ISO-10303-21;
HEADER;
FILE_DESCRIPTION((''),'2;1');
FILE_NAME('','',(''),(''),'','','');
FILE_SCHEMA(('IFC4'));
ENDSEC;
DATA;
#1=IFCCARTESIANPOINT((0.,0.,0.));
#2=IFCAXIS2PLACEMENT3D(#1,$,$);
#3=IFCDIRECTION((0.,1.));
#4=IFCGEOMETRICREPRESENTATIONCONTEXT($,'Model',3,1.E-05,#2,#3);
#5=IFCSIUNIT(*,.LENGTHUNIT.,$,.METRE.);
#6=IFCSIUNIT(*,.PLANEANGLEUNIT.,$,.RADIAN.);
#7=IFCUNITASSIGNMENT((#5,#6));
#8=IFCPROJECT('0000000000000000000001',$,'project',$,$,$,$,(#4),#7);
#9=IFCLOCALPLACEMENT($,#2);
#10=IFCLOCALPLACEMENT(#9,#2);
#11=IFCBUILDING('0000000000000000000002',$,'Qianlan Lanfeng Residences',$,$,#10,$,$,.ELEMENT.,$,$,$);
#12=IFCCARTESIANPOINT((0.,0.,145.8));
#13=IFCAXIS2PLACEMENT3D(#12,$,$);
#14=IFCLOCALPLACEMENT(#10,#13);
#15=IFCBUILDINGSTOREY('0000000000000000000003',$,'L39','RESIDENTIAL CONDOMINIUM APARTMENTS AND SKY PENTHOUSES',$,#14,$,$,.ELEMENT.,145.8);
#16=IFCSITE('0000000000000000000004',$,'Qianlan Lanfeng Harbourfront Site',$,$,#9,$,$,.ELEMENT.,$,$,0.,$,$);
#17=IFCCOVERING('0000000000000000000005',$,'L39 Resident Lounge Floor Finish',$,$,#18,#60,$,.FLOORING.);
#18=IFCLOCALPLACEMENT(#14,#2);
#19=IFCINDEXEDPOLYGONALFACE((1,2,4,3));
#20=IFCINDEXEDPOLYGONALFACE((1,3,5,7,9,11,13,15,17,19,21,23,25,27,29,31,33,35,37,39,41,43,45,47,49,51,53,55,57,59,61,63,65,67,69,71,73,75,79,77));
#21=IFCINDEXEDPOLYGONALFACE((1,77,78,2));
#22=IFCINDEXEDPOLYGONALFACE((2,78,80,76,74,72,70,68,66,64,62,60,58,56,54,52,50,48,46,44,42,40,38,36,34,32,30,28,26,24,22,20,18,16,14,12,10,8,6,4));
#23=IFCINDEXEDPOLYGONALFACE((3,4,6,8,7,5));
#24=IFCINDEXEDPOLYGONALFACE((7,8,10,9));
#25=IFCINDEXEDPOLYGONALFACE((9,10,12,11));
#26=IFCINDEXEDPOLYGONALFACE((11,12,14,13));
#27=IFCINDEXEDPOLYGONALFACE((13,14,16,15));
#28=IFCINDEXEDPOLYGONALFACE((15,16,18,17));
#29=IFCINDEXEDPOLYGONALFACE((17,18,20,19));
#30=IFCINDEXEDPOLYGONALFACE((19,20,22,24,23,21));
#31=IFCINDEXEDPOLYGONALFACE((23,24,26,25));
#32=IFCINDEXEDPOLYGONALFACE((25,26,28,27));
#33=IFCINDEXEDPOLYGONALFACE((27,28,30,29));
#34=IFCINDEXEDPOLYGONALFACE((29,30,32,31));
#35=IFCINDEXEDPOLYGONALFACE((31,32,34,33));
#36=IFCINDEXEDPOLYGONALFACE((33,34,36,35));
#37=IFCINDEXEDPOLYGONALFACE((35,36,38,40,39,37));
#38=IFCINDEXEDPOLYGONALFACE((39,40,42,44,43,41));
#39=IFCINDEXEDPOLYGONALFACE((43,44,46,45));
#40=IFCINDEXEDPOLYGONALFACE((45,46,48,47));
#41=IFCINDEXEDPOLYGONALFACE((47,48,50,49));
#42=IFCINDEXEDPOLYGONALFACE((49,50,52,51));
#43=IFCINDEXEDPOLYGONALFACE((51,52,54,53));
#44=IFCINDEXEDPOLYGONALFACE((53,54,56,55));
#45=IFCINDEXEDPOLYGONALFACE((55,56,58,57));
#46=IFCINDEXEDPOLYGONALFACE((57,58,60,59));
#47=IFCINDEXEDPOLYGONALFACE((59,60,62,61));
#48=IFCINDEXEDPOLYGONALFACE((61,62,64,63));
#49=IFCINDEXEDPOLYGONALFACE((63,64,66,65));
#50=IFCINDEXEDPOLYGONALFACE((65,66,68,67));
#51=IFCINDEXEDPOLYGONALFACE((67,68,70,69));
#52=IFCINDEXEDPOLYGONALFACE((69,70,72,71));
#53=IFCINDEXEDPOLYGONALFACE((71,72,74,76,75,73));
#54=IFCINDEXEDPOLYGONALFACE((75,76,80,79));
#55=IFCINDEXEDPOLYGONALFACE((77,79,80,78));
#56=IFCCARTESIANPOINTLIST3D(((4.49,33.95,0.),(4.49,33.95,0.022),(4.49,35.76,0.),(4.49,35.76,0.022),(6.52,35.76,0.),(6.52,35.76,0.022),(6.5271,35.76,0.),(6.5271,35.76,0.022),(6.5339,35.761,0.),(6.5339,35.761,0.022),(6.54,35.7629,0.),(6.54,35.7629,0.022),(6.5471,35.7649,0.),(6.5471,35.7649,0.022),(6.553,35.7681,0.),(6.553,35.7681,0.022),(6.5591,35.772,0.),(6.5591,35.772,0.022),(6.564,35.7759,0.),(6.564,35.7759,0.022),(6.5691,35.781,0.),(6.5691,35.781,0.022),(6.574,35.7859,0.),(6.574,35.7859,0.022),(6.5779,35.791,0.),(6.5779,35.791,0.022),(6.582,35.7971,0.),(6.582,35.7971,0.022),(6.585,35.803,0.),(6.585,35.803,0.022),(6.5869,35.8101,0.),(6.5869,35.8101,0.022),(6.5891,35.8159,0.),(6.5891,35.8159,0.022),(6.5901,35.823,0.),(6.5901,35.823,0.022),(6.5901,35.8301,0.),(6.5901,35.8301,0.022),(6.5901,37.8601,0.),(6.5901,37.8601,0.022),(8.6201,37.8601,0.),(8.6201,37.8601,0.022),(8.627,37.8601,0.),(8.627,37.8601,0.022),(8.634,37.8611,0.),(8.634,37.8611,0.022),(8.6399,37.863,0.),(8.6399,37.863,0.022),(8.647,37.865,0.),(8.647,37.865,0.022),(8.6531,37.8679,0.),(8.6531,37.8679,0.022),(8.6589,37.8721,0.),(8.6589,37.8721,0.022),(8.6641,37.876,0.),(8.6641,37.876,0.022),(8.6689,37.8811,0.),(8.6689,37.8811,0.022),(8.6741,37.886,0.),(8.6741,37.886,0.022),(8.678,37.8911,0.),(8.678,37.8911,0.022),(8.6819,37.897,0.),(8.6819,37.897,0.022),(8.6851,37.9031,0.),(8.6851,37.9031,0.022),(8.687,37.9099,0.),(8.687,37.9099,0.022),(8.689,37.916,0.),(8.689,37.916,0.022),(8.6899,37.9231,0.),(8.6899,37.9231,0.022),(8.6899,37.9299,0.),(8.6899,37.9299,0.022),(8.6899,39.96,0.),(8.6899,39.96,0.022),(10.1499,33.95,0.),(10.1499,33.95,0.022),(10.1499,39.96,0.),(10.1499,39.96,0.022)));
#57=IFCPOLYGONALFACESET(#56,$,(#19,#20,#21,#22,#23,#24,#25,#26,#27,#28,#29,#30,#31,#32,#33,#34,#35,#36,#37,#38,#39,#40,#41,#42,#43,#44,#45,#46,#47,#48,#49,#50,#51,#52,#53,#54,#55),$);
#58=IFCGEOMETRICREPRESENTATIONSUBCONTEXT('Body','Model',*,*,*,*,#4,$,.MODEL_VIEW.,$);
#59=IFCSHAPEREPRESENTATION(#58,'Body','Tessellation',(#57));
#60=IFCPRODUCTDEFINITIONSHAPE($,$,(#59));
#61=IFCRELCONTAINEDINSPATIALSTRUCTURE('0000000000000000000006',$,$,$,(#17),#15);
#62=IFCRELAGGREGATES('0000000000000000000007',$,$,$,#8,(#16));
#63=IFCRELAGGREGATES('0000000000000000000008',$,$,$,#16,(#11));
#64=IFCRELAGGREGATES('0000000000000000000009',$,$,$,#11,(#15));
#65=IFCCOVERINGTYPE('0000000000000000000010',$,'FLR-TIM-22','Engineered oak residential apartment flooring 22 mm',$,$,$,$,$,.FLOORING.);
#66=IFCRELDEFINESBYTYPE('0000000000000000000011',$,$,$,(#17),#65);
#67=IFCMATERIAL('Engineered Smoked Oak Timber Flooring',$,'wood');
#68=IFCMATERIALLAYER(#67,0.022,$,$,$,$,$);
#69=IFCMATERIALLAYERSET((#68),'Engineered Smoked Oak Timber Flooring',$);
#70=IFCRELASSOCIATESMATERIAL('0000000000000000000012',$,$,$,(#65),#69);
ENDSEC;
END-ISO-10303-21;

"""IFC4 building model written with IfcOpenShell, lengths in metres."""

from ifc_helpers import new_model, si_unit, direction, frame, origin, place, context, subcontext, project, spatial, polyline, outline, extrude, material, layer, layer_set, type_object, element, save


model = new_model("IFC4")

# Units and contexts
model_context = context("Model", 3, precision=1e-05, world=origin(), true_north=direction((0.0, 1.0)))
body_context = subcontext(model_context, "Body", "Model", "MODEL_VIEW")
ifc_project = project(units=[si_unit("LENGTHUNIT", "METRE"), si_unit("PLANEANGLEUNIT", "RADIAN")], contexts=[model_context])

# Site, building, storey
site_placement = place(None, origin())
site = spatial("IfcSite", under=ifc_project, at=site_placement, Name="Qianlan Lanfeng Harbourfront Site", CompositionType="ELEMENT", RefElevation=0.0)
building_placement = place(site_placement, origin())
building = spatial("IfcBuilding", under=site, at=building_placement, Name="Qianlan Lanfeng Residences", CompositionType="ELEMENT")
storey_placement = place(building_placement, frame((0.0, 0.0, 145.8)))
storey = spatial("IfcBuildingStorey", under=building, at=storey_placement, Name="L39", Description="RESIDENTIAL CONDOMINIUM APARTMENTS AND SKY PENTHOUSES", CompositionType="ELEMENT", Elevation=145.8)

# Covering
ifc_material_1 = material(Name="Engineered Smoked Oak Timber Flooring", Category="wood")
ifc_layer_1 = layer(ifc_material_1, 0.022)
ifc_layer_set_1 = layer_set([ifc_layer_1], Name="Engineered Smoked Oak Timber Flooring")
covering_type_1 = type_object("IfcCoveringType", Name="FLR-TIM-22", Description="Engineered oak residential apartment flooring 22 mm", PredefinedType="FLOORING", material=ifc_layer_set_1)
covering_1_placement = place(storey_placement, origin())
element("IfcCovering", 1, at=covering_1_placement, inside=storey, type_object=covering_type_1, Name="L39 Resident Lounge Floor Finish", PredefinedType="FLOORING", context=body_context, shape_type="SweptSolid", body=[
    extrude(outline(polyline([(4.49, 33.95), (10.1499, 33.95), (10.1499, 39.96), (8.6899, 39.96), (8.6899, 37.9299), (8.6899, 37.9231), (8.689, 37.916), (8.687, 37.9099), (8.6851, 37.9031), (8.6819, 37.897), (8.678, 37.8911), (8.6741, 37.886), (8.6689, 37.8811), (8.6641, 37.876), (8.6589, 37.8721), (8.6531, 37.8679), (8.647, 37.865), (8.6399, 37.863), (8.634, 37.8611), (8.627, 37.8601), (8.6201, 37.8601), (6.5901, 37.8601), (6.5901, 35.8301), (6.5901, 35.823), (6.5891, 35.8159), (6.5869, 35.8101), (6.585, 35.803), (6.582, 35.7971), (6.5779, 35.791), (6.574, 35.7859), (6.5691, 35.781), (6.564, 35.7759), (6.5591, 35.772), (6.553, 35.7681), (6.5471, 35.7649), (6.54, 35.7629), (6.5339, 35.761), (6.5271, 35.76), (6.52, 35.76), (4.49, 35.76), (4.49, 33.95)])), origin(), (0.0, 0.0, 1.0), 0.022),
])

save(model, "model.ifc")
